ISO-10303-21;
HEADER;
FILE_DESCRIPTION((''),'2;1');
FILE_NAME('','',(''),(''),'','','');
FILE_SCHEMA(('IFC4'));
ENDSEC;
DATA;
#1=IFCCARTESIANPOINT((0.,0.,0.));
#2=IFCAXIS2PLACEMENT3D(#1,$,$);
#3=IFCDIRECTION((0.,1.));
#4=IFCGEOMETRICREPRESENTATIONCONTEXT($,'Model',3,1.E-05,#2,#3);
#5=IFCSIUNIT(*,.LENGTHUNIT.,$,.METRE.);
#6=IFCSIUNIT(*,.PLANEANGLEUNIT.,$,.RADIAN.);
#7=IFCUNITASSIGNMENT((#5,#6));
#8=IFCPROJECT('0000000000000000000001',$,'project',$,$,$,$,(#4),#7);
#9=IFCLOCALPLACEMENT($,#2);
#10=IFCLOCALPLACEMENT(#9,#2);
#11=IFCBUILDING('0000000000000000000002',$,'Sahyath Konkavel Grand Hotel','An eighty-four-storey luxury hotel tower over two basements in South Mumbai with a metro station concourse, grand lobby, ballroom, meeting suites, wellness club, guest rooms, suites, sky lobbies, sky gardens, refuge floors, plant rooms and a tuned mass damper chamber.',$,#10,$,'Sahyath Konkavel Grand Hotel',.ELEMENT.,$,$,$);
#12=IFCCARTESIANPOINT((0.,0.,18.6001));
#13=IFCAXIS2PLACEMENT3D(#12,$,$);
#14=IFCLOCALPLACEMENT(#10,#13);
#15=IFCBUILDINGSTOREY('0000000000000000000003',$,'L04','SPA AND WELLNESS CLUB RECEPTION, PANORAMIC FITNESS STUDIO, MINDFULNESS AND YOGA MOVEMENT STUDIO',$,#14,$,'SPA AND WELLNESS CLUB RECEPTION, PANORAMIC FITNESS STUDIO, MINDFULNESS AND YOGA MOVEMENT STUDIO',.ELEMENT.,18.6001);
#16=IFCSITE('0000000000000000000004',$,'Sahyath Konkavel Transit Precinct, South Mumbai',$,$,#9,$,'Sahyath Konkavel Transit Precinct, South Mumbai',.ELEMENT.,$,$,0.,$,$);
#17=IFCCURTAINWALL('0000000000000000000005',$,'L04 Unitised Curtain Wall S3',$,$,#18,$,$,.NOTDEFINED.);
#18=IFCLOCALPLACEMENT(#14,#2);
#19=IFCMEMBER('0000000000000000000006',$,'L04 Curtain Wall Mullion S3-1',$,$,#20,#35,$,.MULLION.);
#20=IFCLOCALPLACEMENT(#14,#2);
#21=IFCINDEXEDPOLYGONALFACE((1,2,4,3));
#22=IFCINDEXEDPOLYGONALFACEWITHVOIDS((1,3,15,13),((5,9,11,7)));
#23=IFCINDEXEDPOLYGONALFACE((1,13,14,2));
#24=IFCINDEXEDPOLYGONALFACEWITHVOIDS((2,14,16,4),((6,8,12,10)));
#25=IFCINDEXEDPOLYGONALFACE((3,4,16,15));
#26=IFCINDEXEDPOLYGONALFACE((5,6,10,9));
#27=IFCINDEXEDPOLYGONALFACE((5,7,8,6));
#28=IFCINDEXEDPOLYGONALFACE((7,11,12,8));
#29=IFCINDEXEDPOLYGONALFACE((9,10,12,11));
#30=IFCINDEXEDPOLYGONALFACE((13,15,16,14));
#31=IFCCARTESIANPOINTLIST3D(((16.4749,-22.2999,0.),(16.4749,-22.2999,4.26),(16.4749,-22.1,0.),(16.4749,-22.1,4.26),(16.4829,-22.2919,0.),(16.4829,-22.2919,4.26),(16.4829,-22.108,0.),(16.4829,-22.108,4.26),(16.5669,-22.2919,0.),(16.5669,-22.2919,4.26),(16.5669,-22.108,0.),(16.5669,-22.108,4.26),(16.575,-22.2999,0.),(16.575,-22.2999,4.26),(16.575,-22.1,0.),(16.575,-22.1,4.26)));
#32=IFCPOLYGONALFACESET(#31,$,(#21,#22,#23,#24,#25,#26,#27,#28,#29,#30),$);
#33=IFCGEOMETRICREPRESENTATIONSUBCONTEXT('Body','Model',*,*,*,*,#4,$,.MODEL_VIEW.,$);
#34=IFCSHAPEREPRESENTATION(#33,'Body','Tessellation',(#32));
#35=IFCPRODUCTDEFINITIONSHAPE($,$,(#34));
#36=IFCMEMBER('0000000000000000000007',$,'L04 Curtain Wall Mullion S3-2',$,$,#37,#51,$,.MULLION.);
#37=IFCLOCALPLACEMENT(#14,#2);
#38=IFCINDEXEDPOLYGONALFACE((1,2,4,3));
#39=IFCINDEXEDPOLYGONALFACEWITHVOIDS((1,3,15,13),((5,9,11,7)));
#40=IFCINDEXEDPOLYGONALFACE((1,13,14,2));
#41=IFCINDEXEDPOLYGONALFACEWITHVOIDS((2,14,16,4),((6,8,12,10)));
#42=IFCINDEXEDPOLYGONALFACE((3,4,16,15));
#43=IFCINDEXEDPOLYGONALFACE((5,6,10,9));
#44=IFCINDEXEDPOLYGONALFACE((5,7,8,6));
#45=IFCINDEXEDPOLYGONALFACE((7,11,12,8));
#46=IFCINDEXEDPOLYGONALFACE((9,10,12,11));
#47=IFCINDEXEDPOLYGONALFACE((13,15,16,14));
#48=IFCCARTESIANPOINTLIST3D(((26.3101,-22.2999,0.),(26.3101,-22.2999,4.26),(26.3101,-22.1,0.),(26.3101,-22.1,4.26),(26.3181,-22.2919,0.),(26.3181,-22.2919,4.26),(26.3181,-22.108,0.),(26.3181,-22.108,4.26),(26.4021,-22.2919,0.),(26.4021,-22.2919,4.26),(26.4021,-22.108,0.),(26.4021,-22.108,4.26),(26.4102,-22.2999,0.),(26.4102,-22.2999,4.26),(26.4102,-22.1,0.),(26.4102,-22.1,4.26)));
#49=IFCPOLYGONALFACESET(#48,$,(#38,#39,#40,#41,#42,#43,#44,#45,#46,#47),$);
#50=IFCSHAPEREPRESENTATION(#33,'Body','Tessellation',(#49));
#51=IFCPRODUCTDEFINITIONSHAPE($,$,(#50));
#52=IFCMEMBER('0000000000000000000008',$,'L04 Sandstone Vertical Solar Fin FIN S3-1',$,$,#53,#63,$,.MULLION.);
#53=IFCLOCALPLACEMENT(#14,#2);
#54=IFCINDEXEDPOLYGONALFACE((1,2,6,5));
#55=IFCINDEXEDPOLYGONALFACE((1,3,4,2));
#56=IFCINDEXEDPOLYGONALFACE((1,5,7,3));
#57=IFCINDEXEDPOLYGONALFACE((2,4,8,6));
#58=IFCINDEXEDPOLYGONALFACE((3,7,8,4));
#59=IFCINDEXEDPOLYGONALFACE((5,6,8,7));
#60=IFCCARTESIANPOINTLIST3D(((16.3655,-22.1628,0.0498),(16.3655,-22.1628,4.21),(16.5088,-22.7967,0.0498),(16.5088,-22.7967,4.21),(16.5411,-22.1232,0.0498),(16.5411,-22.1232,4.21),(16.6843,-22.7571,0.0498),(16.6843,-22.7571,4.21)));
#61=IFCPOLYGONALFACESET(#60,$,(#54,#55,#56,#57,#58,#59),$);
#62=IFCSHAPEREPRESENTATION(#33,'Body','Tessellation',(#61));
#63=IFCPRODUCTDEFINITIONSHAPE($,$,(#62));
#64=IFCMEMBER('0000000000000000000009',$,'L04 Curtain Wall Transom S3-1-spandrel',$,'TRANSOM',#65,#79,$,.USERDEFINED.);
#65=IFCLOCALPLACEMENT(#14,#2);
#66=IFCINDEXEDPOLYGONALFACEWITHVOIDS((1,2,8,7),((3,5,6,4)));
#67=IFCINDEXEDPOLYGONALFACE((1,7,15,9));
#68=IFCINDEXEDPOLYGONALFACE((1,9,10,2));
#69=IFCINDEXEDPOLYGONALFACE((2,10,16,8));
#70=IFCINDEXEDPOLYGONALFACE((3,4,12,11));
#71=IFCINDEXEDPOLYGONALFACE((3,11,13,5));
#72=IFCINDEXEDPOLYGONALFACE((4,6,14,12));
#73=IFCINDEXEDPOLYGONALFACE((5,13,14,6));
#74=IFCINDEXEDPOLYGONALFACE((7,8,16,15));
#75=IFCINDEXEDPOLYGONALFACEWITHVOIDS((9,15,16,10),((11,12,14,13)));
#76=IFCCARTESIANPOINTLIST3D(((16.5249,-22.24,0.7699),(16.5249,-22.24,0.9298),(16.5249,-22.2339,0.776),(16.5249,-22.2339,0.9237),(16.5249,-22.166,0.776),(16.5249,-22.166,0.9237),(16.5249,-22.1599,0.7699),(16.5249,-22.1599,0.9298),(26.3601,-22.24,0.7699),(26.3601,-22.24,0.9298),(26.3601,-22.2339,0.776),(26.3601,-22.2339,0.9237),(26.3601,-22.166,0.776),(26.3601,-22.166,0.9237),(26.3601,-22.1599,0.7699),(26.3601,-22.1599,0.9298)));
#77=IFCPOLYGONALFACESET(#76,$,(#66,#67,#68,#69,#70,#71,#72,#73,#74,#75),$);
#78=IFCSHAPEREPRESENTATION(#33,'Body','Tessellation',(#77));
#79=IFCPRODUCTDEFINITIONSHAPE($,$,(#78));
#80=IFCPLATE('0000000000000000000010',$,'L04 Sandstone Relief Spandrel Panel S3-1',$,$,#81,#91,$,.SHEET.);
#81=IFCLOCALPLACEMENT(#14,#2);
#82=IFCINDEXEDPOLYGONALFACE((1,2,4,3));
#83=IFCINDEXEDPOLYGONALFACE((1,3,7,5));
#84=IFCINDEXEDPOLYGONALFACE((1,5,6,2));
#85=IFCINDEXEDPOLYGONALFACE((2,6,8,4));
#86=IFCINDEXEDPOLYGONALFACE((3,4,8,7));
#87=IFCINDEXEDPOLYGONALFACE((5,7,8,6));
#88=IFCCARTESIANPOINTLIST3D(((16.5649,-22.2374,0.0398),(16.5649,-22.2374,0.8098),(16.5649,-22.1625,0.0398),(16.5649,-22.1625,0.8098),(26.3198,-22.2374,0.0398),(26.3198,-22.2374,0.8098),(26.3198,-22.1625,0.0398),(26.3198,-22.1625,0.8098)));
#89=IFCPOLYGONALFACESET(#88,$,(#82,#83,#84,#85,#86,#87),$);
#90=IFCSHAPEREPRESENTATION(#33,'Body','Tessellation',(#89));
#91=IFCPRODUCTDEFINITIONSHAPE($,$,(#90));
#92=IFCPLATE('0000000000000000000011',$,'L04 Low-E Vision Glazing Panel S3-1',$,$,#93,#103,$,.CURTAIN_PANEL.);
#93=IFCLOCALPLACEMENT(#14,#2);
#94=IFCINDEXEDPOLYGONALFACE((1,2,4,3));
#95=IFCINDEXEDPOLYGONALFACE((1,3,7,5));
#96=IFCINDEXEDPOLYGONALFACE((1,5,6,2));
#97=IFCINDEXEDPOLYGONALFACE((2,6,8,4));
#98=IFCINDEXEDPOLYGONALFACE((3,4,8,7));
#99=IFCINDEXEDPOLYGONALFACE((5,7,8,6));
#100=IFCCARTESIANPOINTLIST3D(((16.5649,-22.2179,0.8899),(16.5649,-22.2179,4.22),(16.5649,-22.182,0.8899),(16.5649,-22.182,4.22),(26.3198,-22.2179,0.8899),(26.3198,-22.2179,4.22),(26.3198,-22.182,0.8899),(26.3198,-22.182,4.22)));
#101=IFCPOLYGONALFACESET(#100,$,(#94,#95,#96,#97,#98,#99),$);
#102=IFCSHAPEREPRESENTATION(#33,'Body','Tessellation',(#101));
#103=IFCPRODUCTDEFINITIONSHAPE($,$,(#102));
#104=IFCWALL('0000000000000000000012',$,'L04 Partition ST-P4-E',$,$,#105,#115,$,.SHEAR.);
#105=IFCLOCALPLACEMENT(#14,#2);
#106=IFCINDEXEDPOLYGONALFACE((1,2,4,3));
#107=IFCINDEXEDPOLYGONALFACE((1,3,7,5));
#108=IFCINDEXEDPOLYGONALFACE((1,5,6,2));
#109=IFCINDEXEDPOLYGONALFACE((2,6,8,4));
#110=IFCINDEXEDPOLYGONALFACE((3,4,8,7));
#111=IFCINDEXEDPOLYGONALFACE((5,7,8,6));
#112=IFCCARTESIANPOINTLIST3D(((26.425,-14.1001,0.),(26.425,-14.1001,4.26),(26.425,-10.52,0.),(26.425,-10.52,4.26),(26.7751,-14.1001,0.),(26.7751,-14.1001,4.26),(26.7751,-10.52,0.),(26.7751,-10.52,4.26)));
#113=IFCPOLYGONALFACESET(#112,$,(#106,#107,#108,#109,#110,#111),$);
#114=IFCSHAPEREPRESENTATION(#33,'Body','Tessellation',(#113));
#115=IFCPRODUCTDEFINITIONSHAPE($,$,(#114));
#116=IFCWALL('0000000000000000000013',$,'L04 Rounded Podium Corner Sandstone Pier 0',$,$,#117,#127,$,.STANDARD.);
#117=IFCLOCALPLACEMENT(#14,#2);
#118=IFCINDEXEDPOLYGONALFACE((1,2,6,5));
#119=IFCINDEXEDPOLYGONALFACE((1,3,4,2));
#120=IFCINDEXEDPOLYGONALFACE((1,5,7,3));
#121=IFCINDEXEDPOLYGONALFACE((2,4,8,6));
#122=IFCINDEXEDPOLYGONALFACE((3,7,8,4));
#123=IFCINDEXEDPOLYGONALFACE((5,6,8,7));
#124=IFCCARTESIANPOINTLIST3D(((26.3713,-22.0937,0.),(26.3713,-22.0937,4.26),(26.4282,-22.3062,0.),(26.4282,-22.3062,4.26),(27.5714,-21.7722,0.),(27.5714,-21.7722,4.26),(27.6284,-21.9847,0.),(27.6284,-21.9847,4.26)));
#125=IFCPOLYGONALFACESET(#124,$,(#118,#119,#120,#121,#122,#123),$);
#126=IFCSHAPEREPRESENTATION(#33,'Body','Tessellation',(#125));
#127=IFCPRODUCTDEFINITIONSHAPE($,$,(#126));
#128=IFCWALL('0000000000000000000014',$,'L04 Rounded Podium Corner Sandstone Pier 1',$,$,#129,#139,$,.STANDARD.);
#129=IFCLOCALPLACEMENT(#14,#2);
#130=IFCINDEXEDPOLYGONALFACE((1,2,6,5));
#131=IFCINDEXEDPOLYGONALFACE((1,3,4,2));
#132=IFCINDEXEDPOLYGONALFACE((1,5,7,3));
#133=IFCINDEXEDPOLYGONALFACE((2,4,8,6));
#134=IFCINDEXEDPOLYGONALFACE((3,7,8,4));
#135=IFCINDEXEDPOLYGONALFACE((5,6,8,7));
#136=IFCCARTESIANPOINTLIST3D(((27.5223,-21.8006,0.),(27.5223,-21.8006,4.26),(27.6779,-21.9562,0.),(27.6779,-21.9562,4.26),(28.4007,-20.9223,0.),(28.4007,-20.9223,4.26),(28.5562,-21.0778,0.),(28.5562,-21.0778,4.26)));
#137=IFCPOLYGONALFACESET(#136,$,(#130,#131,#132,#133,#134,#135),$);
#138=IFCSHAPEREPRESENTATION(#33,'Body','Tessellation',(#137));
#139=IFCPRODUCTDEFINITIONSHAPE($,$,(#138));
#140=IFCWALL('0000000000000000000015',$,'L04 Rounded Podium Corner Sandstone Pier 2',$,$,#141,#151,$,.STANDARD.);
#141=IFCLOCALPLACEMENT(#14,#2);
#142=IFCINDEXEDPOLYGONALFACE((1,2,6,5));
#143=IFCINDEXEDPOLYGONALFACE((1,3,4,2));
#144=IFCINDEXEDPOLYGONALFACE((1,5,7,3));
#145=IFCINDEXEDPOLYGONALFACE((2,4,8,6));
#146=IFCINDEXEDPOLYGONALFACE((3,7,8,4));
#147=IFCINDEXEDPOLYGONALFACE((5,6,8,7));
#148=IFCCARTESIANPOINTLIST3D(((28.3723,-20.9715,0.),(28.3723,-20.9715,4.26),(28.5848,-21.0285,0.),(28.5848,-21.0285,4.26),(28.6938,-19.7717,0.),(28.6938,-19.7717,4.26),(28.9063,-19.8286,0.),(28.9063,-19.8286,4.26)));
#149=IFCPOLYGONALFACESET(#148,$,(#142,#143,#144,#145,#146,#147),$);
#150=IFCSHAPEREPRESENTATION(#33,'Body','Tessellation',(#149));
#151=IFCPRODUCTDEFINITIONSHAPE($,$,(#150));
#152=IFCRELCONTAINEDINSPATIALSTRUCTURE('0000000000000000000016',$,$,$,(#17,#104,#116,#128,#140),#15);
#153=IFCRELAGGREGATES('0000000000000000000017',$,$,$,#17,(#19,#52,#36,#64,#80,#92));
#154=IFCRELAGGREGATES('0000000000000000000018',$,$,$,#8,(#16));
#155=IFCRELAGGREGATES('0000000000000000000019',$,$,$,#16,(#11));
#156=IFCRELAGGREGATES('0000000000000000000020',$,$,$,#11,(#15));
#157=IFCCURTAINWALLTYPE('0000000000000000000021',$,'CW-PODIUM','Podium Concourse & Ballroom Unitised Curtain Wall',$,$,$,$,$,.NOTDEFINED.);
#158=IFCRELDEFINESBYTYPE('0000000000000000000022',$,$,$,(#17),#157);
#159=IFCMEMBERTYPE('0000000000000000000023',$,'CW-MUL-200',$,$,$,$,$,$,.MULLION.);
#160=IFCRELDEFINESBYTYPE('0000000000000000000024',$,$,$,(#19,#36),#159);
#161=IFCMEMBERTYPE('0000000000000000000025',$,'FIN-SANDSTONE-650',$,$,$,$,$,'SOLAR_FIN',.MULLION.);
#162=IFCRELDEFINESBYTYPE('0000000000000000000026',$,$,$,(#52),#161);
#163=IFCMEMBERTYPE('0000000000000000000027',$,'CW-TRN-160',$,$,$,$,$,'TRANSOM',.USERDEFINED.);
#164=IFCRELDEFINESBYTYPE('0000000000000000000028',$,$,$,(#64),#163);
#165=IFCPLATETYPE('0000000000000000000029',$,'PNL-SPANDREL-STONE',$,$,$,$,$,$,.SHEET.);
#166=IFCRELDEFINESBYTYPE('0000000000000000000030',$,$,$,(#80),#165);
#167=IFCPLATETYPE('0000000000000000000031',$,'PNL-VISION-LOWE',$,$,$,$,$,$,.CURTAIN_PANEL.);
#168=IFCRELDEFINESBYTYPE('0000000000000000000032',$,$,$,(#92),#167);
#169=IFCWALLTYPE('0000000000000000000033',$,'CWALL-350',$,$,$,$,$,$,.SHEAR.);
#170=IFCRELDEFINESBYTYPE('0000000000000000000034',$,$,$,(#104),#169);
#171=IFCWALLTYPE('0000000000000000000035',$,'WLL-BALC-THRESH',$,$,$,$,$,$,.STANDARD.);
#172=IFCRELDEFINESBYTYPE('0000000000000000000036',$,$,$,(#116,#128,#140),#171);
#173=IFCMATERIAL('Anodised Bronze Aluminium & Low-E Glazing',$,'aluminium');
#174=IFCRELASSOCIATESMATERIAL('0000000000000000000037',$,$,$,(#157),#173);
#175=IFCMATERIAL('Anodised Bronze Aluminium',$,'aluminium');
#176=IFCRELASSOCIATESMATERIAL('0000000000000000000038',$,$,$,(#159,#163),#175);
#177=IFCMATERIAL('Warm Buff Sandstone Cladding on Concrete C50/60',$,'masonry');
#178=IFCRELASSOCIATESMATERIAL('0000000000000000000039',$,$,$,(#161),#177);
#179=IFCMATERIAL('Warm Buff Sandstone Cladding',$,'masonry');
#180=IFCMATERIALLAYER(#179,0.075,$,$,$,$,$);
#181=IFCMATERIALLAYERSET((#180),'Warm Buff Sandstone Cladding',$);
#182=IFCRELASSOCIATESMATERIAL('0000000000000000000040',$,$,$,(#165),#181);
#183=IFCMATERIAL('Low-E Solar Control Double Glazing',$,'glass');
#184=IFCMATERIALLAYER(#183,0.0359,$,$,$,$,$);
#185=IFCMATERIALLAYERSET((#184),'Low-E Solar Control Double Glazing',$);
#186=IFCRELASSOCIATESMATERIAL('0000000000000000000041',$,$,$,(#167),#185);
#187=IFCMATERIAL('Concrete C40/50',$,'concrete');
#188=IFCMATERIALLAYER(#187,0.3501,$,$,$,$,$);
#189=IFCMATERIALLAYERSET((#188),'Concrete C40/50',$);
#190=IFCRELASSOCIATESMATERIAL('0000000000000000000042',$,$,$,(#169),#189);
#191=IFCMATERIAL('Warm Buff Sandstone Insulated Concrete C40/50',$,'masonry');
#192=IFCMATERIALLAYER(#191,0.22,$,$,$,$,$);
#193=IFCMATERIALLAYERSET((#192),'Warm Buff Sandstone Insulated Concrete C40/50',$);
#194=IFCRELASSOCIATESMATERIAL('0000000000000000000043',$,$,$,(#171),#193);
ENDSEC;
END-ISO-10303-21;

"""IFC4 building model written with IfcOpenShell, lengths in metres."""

from ifc_helpers import new_model, si_unit, direction, frame, frame_2d, origin, origin_2d, place, context, subcontext, project, spatial, rectangle, hollow_rectangle, extrude, source, transform, mapped, material, layer, layer_set, material_profile, profile_set, type_object, element, aggregate, save


model = new_model("IFC4")

# Units and contexts
model_context = context("Model", 3, precision=1e-05, world=origin(), true_north=direction((0.0, 1.0)))
body_context = subcontext(model_context, "Body", "Model", "MODEL_VIEW")
ifc_project = project(units=[si_unit("LENGTHUNIT", "METRE"), si_unit("PLANEANGLEUNIT", "RADIAN")], contexts=[model_context])

# Site, building, storey
site_placement = place(None, origin())
site = spatial("IfcSite", under=ifc_project, at=site_placement, Name="Sahyath Konkavel Transit Precinct, South Mumbai", LongName="Sahyath Konkavel Transit Precinct, South Mumbai", CompositionType="ELEMENT", RefElevation=0.0)
building_placement = place(site_placement, origin())
building = spatial("IfcBuilding", under=site, at=building_placement, Name="Sahyath Konkavel Grand Hotel", Description="An eighty-four-storey luxury hotel tower over two basements in South Mumbai with a metro station concourse, grand lobby, ballroom, meeting suites, wellness club, guest rooms, suites, sky lobbies, sky gardens, refuge floors, plant rooms and a tuned mass damper chamber.", LongName="Sahyath Konkavel Grand Hotel", CompositionType="ELEMENT")
storey_placement = place(building_placement, frame((0.0, 0.0, 18.6001)))
storey = spatial("IfcBuildingStorey", under=building, at=storey_placement, Name="L04", Description="SPA AND WELLNESS CLUB RECEPTION, PANORAMIC FITNESS STUDIO, MINDFULNESS AND YOGA MOVEMENT STUDIO", LongName="SPA AND WELLNESS CLUB RECEPTION, PANORAMIC FITNESS STUDIO, MINDFULNESS AND YOGA MOVEMENT STUDIO", CompositionType="ELEMENT", Elevation=18.6001)

# Curtain wall, members, plates
ifc_material_1 = material(Name="Anodised Bronze Aluminium & Low-E Glazing", Category="aluminium")
curtain_wall_type = type_object("IfcCurtainWallType", Name="CW-PODIUM", Description="Podium Concourse & Ballroom Unitised Curtain Wall", PredefinedType="NOTDEFINED", material=ifc_material_1)
curtain_wall_placement = place(storey_placement, origin())
curtain_wall = element("IfcCurtainWall", 1, at=curtain_wall_placement, inside=storey, type_object=curtain_wall_type, Name="L04 Unitised Curtain Wall S3", PredefinedType="NOTDEFINED")
ifc_material_2 = material(Name="Anodised Bronze Aluminium", Category="aluminium")
ifc_material_profile_1 = material_profile(ifc_material_2, hollow_rectangle(XDim=0.1001, YDim=0.2, WallThickness=0.0081, at=origin_2d()), Name="RHS 200x100x8")
ifc_profile_set_1 = profile_set([ifc_material_profile_1], Name="Anodised Bronze Aluminium")
member_type_1 = type_object("IfcMemberType", Name="CW-MUL-200", PredefinedType="MULLION", material=ifc_profile_set_1)
shared_shape_1 = source(origin(), body_context, "Body", "SweptSolid", [
    extrude(hollow_rectangle(XDim=0.1001, YDim=0.2, WallThickness=0.0081, at=origin_2d()), origin(), (0.0, 0.0, 1.0), 4.26),
])
member_1_placement = place(storey_placement, frame((16.5249, -22.2, 0.0), z_axis=(0.0, 0.0, 1.0), x_axis=(1.0, 0.0, 0.0)))
member_1 = element("IfcMember", 2, at=member_1_placement, type_object=member_type_1, Name="L04 Curtain Wall Mullion S3-1", PredefinedType="MULLION", context=body_context, shape_type="MappedRepresentation", body=[
    mapped(shared_shape_1, transform((0.0, 0.0, 0.0), scale=1.0)),
])
member_2_placement = place(storey_placement, frame((26.3601, -22.2, 0.0), z_axis=(0.0, 0.0, 1.0), x_axis=(1.0, 0.0, 0.0)))
member_2 = element("IfcMember", 3, at=member_2_placement, type_object=member_type_1, Name="L04 Curtain Wall Mullion S3-2", PredefinedType="MULLION", context=body_context, shape_type="MappedRepresentation", body=[
    mapped(shared_shape_1, transform((0.0, 0.0, 0.0), scale=1.0)),
])
ifc_material_3 = material(Name="Warm Buff Sandstone Cladding on Concrete C50/60", Category="masonry")
ifc_material_profile_2 = material_profile(ifc_material_3, rectangle(XDim=0.1799, YDim=0.6499, at=origin_2d()), Name="FIN 180x650")
ifc_profile_set_2 = profile_set([ifc_material_profile_2], Name="Warm Buff Sandstone Cladding on Concrete C50/60")
member_type_2 = type_object("IfcMemberType", Name="FIN-SANDSTONE-650", ElementType="SOLAR_FIN", PredefinedType="MULLION", material=ifc_profile_set_2)
shared_shape_2 = source(origin(), body_context, "Body", "SweptSolid", [
    extrude(rectangle(XDim=0.1799, YDim=0.6499, at=origin_2d()), origin(), (0.0, 0.0, 1.0), 4.1602),
])
member_3_placement = place(storey_placement, frame((16.5249, -22.46, 0.0498), z_axis=(0.0, 0.0, 1.0), x_axis=(0.975419, 0.220357, 0.0)))
member_3 = element("IfcMember", 4, at=member_3_placement, type_object=member_type_2, Name="L04 Sandstone Vertical Solar Fin FIN S3-1", PredefinedType="MULLION", context=body_context, shape_type="MappedRepresentation", body=[
    mapped(shared_shape_2, transform((0.0, 0.0, 0.0), scale=1.0)),
])
ifc_material_profile_3 = material_profile(ifc_material_2, hollow_rectangle(XDim=0.0801, YDim=0.1599, WallThickness=0.0061, at=origin_2d()), Name="RHS 160x80x6")
ifc_profile_set_3 = profile_set([ifc_material_profile_3], Name="Anodised Bronze Aluminium")
member_type_3 = type_object("IfcMemberType", Name="CW-TRN-160", ElementType="TRANSOM", PredefinedType="USERDEFINED", material=ifc_profile_set_3)
shared_shape_3 = source(origin(), body_context, "Body", "SweptSolid", [
    extrude(hollow_rectangle(XDim=0.0801, YDim=0.1599, WallThickness=0.0061, at=origin_2d()), origin(), (0.0, 0.0, 1.0), 9.8352),
])
member_4_placement = place(storey_placement, frame((16.5249, -22.2, 0.8499), z_axis=(1.0, 0.0, 0.0), x_axis=(0.0, 1.0, 0.0)))
member_4 = element("IfcMember", 5, at=member_4_placement, type_object=member_type_3, Name="L04 Curtain Wall Transom S3-1-spandrel", ObjectType="TRANSOM", PredefinedType="USERDEFINED", context=body_context, shape_type="MappedRepresentation", body=[
    mapped(shared_shape_3, transform((0.0, 0.0, 0.0), scale=1.0)),
])
ifc_material_4 = material(Name="Warm Buff Sandstone Cladding", Category="masonry")
ifc_layer_1 = layer(ifc_material_4, 0.075)
ifc_layer_set_1 = layer_set([ifc_layer_1], Name="Warm Buff Sandstone Cladding")
plate_type_1 = type_object("IfcPlateType", Name="PNL-SPANDREL-STONE", PredefinedType="SHEET", material=ifc_layer_set_1)
shared_shape_4 = source(origin(), body_context, "Body", "SweptSolid", [
    extrude(rectangle(XDim=9.7549, YDim=0.075, at=origin_2d()), origin(), (0.0, 0.0, 1.0), 0.77),
])
plate_1_placement = place(storey_placement, frame((21.4424, -22.2, 0.0398), z_axis=(0.0, 0.0, 1.0), x_axis=(1.0, 0.0, 0.0)))
plate_1 = element("IfcPlate", 6, at=plate_1_placement, type_object=plate_type_1, Name="L04 Sandstone Relief Spandrel Panel S3-1", PredefinedType="SHEET", context=body_context, shape_type="MappedRepresentation", body=[
    mapped(shared_shape_4, transform((0.0, 0.0, 0.0), scale=1.0)),
])
ifc_material_5 = material(Name="Low-E Solar Control Double Glazing", Category="glass")
ifc_layer_2 = layer(ifc_material_5, 0.0359)
ifc_layer_set_2 = layer_set([ifc_layer_2], Name="Low-E Solar Control Double Glazing")
plate_type_2 = type_object("IfcPlateType", Name="PNL-VISION-LOWE", PredefinedType="CURTAIN_PANEL", material=ifc_layer_set_2)
shared_shape_5 = source(origin(), body_context, "Body", "SweptSolid", [
    extrude(rectangle(XDim=9.7549, YDim=0.0359, at=origin_2d()), origin(), (0.0, 0.0, 1.0), 3.3301),
])
plate_2_placement = place(storey_placement, frame((21.4424, -22.2, 0.8899), z_axis=(0.0, 0.0, 1.0), x_axis=(1.0, 0.0, 0.0)))
plate_2 = element("IfcPlate", 7, at=plate_2_placement, type_object=plate_type_2, Name="L04 Low-E Vision Glazing Panel S3-1", PredefinedType="CURTAIN_PANEL", context=body_context, shape_type="MappedRepresentation", body=[
    mapped(shared_shape_5, transform((0.0, 0.0, 0.0), scale=1.0)),
])
aggregate(curtain_wall, [member_1, member_3, member_2, member_4, plate_1, plate_2])

# Walls
ifc_material_6 = material(Name="Concrete C40/50", Category="concrete")
ifc_layer_3 = layer(ifc_material_6, 0.3501)
ifc_layer_set_3 = layer_set([ifc_layer_3], Name="Concrete C40/50")
wall_type_1 = type_object("IfcWallType", Name="CWALL-350", PredefinedType="SHEAR", material=ifc_layer_set_3)
wall_1_placement = place(storey_placement, frame((26.6001, -14.1001, 0.0), z_axis=(0.0, 0.0, 1.0), x_axis=(0.0, 1.0, 0.0)))
element("IfcWall", 8, at=wall_1_placement, inside=storey, type_object=wall_type_1, Name="L04 Partition ST-P4-E", PredefinedType="SHEAR", context=body_context, shape_type="SweptSolid", body=[
    extrude(rectangle(XDim=3.5801, YDim=0.3501, at=frame_2d((1.79, 0.0))), origin(), (0.0, 0.0, 1.0), 4.26),
])
ifc_material_7 = material(Name="Warm Buff Sandstone Insulated Concrete C40/50", Category="masonry")
ifc_layer_4 = layer(ifc_material_7, 0.22)
ifc_layer_set_4 = layer_set([ifc_layer_4], Name="Warm Buff Sandstone Insulated Concrete C40/50")
wall_type_2 = type_object("IfcWallType", Name="WLL-BALC-THRESH", PredefinedType="STANDARD", material=ifc_layer_set_4)
wall_2_placement = place(storey_placement, frame((26.3999, -22.2, 0.0), z_axis=(0.0, 0.0, 1.0), x_axis=(0.965938, 0.258775, 0.0)))
element("IfcWall", 9, at=wall_2_placement, inside=storey, type_object=wall_type_2, Name="L04 Rounded Podium Corner Sandstone Pier 0", PredefinedType="STANDARD", context=body_context, shape_type="SweptSolid", body=[
    extrude(rectangle(XDim=1.2424, YDim=0.22, at=frame_2d((0.6211, 0.0))), origin(), (0.0, 0.0, 1.0), 4.26),
])
for number, where, z_axis, x_axis, name in (
    (10, (27.6001, -21.8784, 0.0), (0.0, 0.0, 1.0), (0.707107, 0.707107, 0.0), "L04 Rounded Podium Corner Sandstone Pier 1"),
    (11, (28.4785, -21.0, 0.0), (0.0, 0.0, 1.0), (0.258824, 0.965924, 0.0), "L04 Rounded Podium Corner Sandstone Pier 2"),
):
    element("IfcWall", number, at=place(storey_placement, frame(where, z_axis=z_axis, x_axis=x_axis)), inside=storey, type_object=wall_type_2, Name=name, PredefinedType="STANDARD", context=body_context, shape_type="SweptSolid", body=[
        extrude(rectangle(XDim=1.2422, YDim=0.22, at=frame_2d((0.6211, 0.0))), origin(), (0.0, 0.0, 1.0), 4.26),
    ])

save(model, "model.ifc")
